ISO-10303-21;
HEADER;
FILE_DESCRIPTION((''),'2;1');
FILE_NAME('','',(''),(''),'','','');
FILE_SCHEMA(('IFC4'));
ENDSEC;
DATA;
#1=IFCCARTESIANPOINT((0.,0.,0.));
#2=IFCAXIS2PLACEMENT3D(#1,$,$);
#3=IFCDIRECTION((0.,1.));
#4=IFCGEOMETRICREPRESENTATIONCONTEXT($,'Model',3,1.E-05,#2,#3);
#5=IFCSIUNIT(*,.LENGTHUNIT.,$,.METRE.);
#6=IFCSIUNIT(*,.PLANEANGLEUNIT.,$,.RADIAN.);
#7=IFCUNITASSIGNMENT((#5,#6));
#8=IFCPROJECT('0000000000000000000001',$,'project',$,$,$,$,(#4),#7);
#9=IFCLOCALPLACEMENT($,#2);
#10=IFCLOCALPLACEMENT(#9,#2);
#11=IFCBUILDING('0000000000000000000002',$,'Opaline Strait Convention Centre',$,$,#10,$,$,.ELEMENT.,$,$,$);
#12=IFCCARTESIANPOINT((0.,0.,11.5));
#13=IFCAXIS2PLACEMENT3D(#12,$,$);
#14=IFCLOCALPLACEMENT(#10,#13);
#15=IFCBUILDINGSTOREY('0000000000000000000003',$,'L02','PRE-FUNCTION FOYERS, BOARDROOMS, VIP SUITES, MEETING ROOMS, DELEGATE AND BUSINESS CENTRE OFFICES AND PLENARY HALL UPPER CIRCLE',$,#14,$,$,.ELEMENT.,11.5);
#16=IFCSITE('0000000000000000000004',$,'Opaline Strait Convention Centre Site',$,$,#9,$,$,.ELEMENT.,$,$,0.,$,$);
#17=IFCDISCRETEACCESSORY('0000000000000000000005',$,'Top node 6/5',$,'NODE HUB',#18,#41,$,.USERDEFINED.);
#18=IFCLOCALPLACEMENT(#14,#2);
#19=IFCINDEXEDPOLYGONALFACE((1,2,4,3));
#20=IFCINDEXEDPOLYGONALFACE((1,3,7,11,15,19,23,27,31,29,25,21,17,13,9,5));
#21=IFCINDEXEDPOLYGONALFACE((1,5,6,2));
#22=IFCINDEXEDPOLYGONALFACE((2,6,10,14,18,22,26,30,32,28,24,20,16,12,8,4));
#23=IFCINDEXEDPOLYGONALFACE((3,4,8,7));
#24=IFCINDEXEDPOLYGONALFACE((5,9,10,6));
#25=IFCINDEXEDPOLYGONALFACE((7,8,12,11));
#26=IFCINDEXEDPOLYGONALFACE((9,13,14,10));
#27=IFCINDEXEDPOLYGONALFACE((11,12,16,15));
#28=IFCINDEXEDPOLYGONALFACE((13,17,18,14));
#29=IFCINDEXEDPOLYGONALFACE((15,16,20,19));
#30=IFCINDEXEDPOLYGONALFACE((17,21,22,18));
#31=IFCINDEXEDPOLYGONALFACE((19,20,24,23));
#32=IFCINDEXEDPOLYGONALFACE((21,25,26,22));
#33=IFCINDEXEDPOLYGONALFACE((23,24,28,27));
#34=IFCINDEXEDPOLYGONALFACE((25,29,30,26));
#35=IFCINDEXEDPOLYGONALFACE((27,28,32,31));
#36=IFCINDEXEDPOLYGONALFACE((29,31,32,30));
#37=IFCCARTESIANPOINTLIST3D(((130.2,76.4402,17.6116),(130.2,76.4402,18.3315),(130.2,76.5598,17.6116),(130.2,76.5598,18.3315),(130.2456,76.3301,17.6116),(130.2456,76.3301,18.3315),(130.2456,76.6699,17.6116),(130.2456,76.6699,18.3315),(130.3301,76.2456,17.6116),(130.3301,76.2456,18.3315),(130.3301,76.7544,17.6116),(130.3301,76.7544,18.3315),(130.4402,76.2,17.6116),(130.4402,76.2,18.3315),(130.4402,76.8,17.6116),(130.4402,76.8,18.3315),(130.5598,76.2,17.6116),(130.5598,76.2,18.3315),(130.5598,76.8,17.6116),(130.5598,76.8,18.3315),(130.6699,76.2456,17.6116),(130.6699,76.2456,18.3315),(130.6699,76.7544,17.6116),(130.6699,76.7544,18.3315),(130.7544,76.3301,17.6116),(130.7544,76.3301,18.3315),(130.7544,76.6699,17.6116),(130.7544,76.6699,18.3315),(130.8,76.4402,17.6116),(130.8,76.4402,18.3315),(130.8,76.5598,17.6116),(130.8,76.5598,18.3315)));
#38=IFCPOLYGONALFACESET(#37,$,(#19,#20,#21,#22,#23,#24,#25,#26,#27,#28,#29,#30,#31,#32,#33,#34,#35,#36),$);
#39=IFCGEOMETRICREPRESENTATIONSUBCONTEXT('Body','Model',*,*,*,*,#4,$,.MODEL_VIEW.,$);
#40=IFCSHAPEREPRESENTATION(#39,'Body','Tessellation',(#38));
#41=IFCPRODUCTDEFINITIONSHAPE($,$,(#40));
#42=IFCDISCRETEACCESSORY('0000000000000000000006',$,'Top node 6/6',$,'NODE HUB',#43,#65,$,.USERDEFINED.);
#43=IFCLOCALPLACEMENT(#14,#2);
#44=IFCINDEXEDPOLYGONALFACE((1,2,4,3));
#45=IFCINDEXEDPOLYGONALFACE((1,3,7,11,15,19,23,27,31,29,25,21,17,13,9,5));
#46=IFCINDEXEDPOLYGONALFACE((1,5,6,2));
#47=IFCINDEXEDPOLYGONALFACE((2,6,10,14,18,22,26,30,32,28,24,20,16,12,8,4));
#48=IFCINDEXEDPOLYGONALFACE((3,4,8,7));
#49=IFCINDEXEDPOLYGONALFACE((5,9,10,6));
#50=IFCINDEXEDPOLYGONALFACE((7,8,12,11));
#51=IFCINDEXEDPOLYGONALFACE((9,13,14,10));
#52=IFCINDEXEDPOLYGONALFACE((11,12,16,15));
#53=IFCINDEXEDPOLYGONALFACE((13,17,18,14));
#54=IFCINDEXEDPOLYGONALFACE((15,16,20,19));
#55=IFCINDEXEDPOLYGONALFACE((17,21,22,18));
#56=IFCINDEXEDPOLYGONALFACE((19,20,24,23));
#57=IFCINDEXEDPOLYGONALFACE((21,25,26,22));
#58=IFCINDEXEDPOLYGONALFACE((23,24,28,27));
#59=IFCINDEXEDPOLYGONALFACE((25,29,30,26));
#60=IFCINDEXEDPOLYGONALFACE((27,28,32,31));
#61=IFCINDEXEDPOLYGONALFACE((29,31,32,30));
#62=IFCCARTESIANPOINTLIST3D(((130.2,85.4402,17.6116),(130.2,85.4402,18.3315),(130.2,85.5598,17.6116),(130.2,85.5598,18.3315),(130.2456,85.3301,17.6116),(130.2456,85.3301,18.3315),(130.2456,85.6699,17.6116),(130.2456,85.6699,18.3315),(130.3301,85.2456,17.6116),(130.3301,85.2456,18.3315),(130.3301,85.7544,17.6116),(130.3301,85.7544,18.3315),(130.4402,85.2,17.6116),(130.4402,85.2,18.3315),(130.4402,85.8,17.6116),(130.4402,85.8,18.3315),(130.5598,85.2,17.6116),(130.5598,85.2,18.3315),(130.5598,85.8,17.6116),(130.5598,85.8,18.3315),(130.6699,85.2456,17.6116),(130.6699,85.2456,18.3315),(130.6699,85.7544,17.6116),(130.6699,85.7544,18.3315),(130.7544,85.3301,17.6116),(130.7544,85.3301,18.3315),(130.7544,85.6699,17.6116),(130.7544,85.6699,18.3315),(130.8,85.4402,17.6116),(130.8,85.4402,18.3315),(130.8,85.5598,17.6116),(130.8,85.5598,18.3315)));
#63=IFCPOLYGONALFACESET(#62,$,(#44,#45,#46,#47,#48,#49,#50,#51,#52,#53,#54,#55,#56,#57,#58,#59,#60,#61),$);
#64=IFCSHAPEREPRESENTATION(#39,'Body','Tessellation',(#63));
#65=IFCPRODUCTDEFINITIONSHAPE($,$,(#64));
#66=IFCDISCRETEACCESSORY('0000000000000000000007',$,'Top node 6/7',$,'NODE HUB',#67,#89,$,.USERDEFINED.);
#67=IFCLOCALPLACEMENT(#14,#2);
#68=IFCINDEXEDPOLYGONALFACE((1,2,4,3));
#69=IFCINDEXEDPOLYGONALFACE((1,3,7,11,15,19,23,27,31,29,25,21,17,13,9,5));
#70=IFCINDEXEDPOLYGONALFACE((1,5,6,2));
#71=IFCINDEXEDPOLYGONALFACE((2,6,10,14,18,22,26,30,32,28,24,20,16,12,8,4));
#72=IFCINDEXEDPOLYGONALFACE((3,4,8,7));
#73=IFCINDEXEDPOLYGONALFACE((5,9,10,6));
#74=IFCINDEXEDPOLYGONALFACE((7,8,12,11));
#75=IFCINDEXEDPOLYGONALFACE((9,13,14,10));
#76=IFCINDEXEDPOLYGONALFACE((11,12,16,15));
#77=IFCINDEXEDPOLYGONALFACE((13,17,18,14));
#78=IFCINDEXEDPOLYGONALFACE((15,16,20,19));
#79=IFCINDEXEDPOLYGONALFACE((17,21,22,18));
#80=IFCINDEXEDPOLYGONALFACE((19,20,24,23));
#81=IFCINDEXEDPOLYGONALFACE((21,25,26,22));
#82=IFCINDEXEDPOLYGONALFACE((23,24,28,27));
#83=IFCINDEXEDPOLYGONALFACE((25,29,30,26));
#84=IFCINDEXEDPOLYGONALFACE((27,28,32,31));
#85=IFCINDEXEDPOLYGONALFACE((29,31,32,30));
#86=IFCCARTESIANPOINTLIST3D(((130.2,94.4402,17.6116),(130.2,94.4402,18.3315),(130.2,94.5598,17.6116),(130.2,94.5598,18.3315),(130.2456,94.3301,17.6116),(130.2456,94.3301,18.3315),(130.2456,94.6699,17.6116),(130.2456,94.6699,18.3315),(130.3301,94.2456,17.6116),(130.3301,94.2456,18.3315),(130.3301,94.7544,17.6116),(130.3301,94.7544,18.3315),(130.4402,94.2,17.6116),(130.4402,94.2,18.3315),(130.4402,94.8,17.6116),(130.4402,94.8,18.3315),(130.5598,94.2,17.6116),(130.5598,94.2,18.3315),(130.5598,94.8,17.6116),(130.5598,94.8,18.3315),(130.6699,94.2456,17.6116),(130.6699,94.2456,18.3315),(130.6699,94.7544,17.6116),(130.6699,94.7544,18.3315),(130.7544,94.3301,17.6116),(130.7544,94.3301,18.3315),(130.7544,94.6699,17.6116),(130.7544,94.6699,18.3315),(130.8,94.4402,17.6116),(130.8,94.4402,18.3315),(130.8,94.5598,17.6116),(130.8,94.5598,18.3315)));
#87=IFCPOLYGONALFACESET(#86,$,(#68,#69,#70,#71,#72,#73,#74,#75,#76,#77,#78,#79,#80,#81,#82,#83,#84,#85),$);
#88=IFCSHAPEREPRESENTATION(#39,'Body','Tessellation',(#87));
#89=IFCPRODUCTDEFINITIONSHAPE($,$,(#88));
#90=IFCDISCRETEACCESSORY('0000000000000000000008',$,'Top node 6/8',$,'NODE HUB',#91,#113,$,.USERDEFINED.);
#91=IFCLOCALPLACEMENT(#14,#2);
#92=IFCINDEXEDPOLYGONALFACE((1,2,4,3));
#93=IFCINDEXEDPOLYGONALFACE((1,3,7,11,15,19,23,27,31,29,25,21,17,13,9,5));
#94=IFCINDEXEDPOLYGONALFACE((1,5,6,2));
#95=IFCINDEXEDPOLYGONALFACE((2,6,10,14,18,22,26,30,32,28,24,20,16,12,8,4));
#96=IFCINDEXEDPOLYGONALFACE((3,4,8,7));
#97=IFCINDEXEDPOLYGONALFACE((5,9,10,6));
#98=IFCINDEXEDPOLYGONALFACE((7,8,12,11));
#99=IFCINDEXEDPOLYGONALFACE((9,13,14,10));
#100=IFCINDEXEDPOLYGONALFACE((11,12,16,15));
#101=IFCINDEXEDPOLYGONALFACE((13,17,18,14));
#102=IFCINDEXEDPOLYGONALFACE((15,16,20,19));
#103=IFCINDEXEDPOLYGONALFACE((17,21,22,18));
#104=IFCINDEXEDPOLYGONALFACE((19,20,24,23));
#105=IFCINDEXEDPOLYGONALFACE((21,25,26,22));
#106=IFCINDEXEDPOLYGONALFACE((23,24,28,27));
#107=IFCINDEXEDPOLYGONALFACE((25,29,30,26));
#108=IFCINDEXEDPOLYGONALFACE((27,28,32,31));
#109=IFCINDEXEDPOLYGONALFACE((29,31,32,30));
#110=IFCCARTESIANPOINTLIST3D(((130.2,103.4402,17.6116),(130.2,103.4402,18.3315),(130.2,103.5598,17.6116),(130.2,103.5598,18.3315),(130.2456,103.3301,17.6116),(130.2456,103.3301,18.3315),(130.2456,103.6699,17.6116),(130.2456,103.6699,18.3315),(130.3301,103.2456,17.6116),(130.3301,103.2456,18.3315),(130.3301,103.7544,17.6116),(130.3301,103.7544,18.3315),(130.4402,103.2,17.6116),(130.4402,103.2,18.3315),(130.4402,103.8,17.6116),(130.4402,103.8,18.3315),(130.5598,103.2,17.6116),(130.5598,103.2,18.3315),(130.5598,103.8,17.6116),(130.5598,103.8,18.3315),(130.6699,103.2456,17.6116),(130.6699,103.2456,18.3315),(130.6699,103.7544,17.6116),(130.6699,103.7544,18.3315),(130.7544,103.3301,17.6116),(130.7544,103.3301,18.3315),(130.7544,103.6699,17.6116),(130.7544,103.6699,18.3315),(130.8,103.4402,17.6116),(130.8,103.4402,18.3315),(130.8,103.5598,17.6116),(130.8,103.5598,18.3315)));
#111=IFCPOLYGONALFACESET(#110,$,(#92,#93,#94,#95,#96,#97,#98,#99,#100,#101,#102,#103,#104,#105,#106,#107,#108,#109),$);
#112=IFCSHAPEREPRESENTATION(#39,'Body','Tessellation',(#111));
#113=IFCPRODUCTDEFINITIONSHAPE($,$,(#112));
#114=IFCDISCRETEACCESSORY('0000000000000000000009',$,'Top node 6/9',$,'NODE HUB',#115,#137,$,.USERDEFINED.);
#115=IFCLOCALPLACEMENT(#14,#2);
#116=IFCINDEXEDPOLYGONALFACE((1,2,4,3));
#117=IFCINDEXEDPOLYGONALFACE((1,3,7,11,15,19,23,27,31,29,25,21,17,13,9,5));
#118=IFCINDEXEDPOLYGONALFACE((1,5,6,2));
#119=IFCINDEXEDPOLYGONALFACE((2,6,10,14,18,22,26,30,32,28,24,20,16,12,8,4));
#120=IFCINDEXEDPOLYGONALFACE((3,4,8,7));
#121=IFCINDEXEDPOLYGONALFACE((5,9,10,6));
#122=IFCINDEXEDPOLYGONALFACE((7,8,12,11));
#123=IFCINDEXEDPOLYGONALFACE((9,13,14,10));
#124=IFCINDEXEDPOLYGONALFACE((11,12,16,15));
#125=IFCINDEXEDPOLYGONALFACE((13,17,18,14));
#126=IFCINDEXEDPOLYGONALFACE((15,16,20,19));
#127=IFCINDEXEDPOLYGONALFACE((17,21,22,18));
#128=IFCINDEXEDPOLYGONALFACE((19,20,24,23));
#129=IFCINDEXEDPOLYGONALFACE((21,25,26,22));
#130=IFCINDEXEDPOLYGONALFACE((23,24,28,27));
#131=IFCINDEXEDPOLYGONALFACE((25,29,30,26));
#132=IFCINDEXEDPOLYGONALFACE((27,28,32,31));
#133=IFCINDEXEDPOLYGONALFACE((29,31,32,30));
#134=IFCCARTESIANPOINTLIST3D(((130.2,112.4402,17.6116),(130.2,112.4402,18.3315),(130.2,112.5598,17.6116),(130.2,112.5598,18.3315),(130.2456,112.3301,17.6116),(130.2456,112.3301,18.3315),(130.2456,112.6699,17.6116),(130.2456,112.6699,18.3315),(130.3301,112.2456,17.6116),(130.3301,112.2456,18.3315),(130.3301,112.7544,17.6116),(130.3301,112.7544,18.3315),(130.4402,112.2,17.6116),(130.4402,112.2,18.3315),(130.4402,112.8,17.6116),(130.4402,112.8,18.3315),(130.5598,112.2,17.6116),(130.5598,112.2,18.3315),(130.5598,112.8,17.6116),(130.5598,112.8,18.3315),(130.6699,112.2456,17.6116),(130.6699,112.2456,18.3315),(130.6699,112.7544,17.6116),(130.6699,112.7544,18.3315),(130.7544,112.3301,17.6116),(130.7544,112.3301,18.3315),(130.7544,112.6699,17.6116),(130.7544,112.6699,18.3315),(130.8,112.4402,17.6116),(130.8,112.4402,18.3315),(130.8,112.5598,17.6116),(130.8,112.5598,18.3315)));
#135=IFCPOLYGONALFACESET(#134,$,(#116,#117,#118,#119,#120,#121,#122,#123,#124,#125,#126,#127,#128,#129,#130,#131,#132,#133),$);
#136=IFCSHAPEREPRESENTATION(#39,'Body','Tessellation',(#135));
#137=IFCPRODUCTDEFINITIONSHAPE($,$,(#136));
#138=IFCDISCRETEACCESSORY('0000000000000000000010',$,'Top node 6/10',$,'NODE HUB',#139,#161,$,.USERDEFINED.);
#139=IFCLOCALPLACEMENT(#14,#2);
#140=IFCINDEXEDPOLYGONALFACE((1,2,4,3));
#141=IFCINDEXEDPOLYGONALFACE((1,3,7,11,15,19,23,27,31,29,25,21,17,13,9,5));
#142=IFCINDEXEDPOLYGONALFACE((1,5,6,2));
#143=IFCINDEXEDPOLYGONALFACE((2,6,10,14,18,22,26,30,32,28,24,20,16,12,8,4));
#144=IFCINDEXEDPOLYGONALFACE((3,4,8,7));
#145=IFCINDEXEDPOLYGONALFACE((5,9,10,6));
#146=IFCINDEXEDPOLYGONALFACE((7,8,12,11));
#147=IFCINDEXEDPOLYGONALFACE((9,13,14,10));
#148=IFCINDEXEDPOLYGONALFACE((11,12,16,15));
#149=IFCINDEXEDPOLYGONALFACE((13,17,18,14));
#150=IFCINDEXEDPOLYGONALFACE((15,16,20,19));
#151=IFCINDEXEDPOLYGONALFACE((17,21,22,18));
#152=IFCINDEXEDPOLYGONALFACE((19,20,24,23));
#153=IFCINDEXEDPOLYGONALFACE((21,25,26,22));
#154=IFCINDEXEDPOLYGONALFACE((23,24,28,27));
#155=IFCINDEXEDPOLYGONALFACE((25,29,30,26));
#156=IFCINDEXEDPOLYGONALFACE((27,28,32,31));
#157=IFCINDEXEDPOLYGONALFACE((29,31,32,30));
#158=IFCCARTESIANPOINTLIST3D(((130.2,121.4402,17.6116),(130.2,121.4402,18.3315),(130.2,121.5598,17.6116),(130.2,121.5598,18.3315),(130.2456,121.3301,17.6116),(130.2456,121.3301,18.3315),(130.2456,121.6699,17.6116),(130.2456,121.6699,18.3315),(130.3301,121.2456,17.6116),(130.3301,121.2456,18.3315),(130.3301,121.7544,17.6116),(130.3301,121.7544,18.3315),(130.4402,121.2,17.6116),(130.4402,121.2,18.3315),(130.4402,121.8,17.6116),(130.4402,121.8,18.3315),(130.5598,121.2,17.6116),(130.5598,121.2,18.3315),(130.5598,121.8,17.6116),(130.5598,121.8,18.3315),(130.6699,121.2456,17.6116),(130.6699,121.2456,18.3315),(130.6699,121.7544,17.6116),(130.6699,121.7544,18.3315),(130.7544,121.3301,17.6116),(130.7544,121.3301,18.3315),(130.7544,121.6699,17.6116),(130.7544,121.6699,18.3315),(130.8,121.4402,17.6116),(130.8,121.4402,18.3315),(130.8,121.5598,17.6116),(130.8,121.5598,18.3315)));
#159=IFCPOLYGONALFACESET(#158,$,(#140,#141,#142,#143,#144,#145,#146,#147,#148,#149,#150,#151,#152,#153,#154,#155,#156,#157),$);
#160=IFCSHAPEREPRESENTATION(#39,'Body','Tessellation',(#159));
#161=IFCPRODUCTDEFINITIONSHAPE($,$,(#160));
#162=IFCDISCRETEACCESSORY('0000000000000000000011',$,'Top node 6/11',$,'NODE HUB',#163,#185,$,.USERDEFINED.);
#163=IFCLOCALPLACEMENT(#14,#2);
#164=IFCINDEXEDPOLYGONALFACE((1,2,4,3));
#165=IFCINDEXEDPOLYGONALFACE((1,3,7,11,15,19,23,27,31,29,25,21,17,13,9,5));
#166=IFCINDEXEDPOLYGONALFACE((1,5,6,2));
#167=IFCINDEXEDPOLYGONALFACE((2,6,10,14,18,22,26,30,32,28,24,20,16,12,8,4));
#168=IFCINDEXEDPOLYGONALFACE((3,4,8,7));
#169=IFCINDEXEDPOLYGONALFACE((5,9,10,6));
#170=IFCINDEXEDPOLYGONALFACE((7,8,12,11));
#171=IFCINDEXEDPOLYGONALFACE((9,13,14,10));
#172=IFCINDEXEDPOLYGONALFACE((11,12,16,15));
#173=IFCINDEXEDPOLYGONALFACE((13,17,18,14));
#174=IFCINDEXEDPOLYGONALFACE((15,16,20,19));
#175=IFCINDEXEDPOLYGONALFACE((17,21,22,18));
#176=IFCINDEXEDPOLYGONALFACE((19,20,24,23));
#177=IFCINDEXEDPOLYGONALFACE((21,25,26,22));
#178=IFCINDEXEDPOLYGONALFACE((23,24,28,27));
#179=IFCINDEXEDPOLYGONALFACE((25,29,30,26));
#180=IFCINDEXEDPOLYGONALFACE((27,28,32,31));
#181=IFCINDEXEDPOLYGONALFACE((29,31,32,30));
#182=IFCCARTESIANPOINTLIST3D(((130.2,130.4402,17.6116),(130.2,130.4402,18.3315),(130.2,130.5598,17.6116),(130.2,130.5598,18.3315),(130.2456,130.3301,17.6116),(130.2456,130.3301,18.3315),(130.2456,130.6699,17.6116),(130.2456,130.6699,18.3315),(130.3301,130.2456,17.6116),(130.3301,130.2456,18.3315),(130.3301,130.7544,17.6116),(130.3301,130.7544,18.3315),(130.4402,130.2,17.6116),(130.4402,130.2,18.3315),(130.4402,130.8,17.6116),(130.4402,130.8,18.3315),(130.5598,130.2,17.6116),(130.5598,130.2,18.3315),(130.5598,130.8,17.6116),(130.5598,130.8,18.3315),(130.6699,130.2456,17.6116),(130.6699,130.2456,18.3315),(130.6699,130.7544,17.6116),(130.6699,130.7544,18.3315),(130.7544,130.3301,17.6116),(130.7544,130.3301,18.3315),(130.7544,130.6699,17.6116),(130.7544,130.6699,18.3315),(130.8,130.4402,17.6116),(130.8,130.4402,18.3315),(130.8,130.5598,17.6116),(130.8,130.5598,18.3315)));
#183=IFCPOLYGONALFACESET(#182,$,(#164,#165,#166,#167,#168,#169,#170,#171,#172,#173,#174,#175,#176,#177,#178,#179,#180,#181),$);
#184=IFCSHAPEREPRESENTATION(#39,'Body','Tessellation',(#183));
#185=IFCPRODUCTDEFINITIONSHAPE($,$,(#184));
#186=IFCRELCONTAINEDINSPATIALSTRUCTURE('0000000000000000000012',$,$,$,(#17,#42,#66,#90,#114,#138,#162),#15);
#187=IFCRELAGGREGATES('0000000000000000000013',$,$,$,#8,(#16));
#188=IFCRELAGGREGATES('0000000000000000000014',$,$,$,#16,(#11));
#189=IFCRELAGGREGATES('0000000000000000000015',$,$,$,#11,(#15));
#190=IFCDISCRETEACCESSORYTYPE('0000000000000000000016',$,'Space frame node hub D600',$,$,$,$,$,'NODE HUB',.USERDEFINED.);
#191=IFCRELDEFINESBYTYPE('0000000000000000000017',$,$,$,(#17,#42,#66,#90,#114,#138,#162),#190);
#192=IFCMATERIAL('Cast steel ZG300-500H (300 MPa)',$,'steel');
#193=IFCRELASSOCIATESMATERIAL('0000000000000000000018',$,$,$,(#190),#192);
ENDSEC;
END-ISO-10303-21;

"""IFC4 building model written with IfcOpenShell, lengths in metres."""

from ifc_helpers import new_model, si_unit, direction, frame, origin, place, context, subcontext, project, spatial, polyline, outline, extrude, material, type_object, element, save


model = new_model("IFC4")

# Units and contexts
model_context = context("Model", 3, precision=1e-05, world=origin(), true_north=direction((0.0, 1.0)))
body_context = subcontext(model_context, "Body", "Model", "MODEL_VIEW")
ifc_project = project(units=[si_unit("LENGTHUNIT", "METRE"), si_unit("PLANEANGLEUNIT", "RADIAN")], contexts=[model_context])

# Site, building, storey
site_placement = place(None, origin())
site = spatial("IfcSite", under=ifc_project, at=site_placement, Name="Opaline Strait Convention Centre Site", CompositionType="ELEMENT", RefElevation=0.0)
building_placement = place(site_placement, origin())
building = spatial("IfcBuilding", under=site, at=building_placement, Name="Opaline Strait Convention Centre", CompositionType="ELEMENT")
storey_placement = place(building_placement, frame((0.0, 0.0, 11.5)))
storey = spatial("IfcBuildingStorey", under=building, at=storey_placement, Name="L02", Description="PRE-FUNCTION FOYERS, BOARDROOMS, VIP SUITES, MEETING ROOMS, DELEGATE AND BUSINESS CENTRE OFFICES AND PLENARY HALL UPPER CIRCLE", CompositionType="ELEMENT", Elevation=11.5)

# Discrete accessories
ifc_material = material(Name="Cast steel ZG300-500H (300 MPa)", Category="steel")
discrete_accessory_type = type_object("IfcDiscreteAccessoryType", Name="Space frame node hub D600", ElementType="NODE HUB", PredefinedType="USERDEFINED", material=ifc_material)
discrete_accessory_1_placement = place(storey_placement, frame((0.0, 0.0, 17.6116)))
element("IfcDiscreteAccessory", 1, at=discrete_accessory_1_placement, inside=storey, type_object=discrete_accessory_type, Name="Top node 6/5", ObjectType="NODE HUB", PredefinedType="USERDEFINED", context=body_context, shape_type="SweptSolid", body=[
    extrude(outline(polyline([(130.8, 76.5598), (130.7544, 76.6699), (130.6699, 76.7544), (130.5598, 76.8), (130.4402, 76.8), (130.3301, 76.7544), (130.2456, 76.6699), (130.2, 76.5598), (130.2, 76.4402), (130.2456, 76.3301), (130.3301, 76.2456), (130.4402, 76.2), (130.5598, 76.2), (130.6699, 76.2456), (130.7544, 76.3301), (130.8, 76.4402), (130.8, 76.5598)])), origin(), (0.0, 0.0, 1.0), 0.72),
])
discrete_accessory_2_placement = place(storey_placement, frame((0.0, 0.0, 17.6116)))
element("IfcDiscreteAccessory", 2, at=discrete_accessory_2_placement, inside=storey, type_object=discrete_accessory_type, Name="Top node 6/6", ObjectType="NODE HUB", PredefinedType="USERDEFINED", context=body_context, shape_type="SweptSolid", body=[
    extrude(outline(polyline([(130.8, 85.5598), (130.7544, 85.6699), (130.6699, 85.7544), (130.5598, 85.8), (130.4402, 85.8), (130.3301, 85.7544), (130.2456, 85.6699), (130.2, 85.5598), (130.2, 85.4402), (130.2456, 85.3301), (130.3301, 85.2456), (130.4402, 85.2), (130.5598, 85.2), (130.6699, 85.2456), (130.7544, 85.3301), (130.8, 85.4402), (130.8, 85.5598)])), origin(), (0.0, 0.0, 1.0), 0.72),
])
discrete_accessory_3_placement = place(storey_placement, frame((0.0, 0.0, 17.6116)))
element("IfcDiscreteAccessory", 3, at=discrete_accessory_3_placement, inside=storey, type_object=discrete_accessory_type, Name="Top node 6/7", ObjectType="NODE HUB", PredefinedType="USERDEFINED", context=body_context, shape_type="SweptSolid", body=[
    extrude(outline(polyline([(130.8, 94.5598), (130.7544, 94.6699), (130.6699, 94.7544), (130.5598, 94.8), (130.4402, 94.8), (130.3301, 94.7544), (130.2456, 94.6699), (130.2, 94.5598), (130.2, 94.4402), (130.2456, 94.3301), (130.3301, 94.2456), (130.4402, 94.2), (130.5598, 94.2), (130.6699, 94.2456), (130.7544, 94.3301), (130.8, 94.4402), (130.8, 94.5598)])), origin(), (0.0, 0.0, 1.0), 0.72),
])
discrete_accessory_4_placement = place(storey_placement, frame((0.0, 0.0, 17.6116)))
element("IfcDiscreteAccessory", 4, at=discrete_accessory_4_placement, inside=storey, type_object=discrete_accessory_type, Name="Top node 6/8", ObjectType="NODE HUB", PredefinedType="USERDEFINED", context=body_context, shape_type="SweptSolid", body=[
    extrude(outline(polyline([(130.8, 103.5598), (130.7544, 103.6699), (130.6699, 103.7544), (130.5598, 103.8), (130.4402, 103.8), (130.3301, 103.7544), (130.2456, 103.6699), (130.2, 103.5598), (130.2, 103.4402), (130.2456, 103.3301), (130.3301, 103.2456), (130.4402, 103.2), (130.5598, 103.2), (130.6699, 103.2456), (130.7544, 103.3301), (130.8, 103.4402), (130.8, 103.5598)])), origin(), (0.0, 0.0, 1.0), 0.72),
])
discrete_accessory_5_placement = place(storey_placement, frame((0.0, 0.0, 17.6116)))
element("IfcDiscreteAccessory", 5, at=discrete_accessory_5_placement, inside=storey, type_object=discrete_accessory_type, Name="Top node 6/9", ObjectType="NODE HUB", PredefinedType="USERDEFINED", context=body_context, shape_type="SweptSolid", body=[
    extrude(outline(polyline([(130.8, 112.5598), (130.7544, 112.6699), (130.6699, 112.7544), (130.5598, 112.8), (130.4402, 112.8), (130.3301, 112.7544), (130.2456, 112.6699), (130.2, 112.5598), (130.2, 112.4402), (130.2456, 112.3301), (130.3301, 112.2456), (130.4402, 112.2), (130.5598, 112.2), (130.6699, 112.2456), (130.7544, 112.3301), (130.8, 112.4402), (130.8, 112.5598)])), origin(), (0.0, 0.0, 1.0), 0.72),
])
discrete_accessory_6_placement = place(storey_placement, frame((0.0, 0.0, 17.6116)))
element("IfcDiscreteAccessory", 6, at=discrete_accessory_6_placement, inside=storey, type_object=discrete_accessory_type, Name="Top node 6/10", ObjectType="NODE HUB", PredefinedType="USERDEFINED", context=body_context, shape_type="SweptSolid", body=[
    extrude(outline(polyline([(130.8, 121.5598), (130.7544, 121.6699), (130.6699, 121.7544), (130.5598, 121.8), (130.4402, 121.8), (130.3301, 121.7544), (130.2456, 121.6699), (130.2, 121.5598), (130.2, 121.4402), (130.2456, 121.3301), (130.3301, 121.2456), (130.4402, 121.2), (130.5598, 121.2), (130.6699, 121.2456), (130.7544, 121.3301), (130.8, 121.4402), (130.8, 121.5598)])), origin(), (0.0, 0.0, 1.0), 0.72),
])
discrete_accessory_7_placement = place(storey_placement, frame((0.0, 0.0, 17.6116)))
element("IfcDiscreteAccessory", 7, at=discrete_accessory_7_placement, inside=storey, type_object=discrete_accessory_type, Name="Top node 6/11", ObjectType="NODE HUB", PredefinedType="USERDEFINED", context=body_context, shape_type="SweptSolid", body=[
    extrude(outline(polyline([(130.8, 130.5598), (130.7544, 130.6699), (130.6699, 130.7544), (130.5598, 130.8), (130.4402, 130.8), (130.3301, 130.7544), (130.2456, 130.6699), (130.2, 130.5598), (130.2, 130.4402), (130.2456, 130.3301), (130.3301, 130.2456), (130.4402, 130.2), (130.5598, 130.2), (130.6699, 130.2456), (130.7544, 130.3301), (130.8, 130.4402), (130.8, 130.5598)])), origin(), (0.0, 0.0, 1.0), 0.72),
])

save(model, "model.ifc")
